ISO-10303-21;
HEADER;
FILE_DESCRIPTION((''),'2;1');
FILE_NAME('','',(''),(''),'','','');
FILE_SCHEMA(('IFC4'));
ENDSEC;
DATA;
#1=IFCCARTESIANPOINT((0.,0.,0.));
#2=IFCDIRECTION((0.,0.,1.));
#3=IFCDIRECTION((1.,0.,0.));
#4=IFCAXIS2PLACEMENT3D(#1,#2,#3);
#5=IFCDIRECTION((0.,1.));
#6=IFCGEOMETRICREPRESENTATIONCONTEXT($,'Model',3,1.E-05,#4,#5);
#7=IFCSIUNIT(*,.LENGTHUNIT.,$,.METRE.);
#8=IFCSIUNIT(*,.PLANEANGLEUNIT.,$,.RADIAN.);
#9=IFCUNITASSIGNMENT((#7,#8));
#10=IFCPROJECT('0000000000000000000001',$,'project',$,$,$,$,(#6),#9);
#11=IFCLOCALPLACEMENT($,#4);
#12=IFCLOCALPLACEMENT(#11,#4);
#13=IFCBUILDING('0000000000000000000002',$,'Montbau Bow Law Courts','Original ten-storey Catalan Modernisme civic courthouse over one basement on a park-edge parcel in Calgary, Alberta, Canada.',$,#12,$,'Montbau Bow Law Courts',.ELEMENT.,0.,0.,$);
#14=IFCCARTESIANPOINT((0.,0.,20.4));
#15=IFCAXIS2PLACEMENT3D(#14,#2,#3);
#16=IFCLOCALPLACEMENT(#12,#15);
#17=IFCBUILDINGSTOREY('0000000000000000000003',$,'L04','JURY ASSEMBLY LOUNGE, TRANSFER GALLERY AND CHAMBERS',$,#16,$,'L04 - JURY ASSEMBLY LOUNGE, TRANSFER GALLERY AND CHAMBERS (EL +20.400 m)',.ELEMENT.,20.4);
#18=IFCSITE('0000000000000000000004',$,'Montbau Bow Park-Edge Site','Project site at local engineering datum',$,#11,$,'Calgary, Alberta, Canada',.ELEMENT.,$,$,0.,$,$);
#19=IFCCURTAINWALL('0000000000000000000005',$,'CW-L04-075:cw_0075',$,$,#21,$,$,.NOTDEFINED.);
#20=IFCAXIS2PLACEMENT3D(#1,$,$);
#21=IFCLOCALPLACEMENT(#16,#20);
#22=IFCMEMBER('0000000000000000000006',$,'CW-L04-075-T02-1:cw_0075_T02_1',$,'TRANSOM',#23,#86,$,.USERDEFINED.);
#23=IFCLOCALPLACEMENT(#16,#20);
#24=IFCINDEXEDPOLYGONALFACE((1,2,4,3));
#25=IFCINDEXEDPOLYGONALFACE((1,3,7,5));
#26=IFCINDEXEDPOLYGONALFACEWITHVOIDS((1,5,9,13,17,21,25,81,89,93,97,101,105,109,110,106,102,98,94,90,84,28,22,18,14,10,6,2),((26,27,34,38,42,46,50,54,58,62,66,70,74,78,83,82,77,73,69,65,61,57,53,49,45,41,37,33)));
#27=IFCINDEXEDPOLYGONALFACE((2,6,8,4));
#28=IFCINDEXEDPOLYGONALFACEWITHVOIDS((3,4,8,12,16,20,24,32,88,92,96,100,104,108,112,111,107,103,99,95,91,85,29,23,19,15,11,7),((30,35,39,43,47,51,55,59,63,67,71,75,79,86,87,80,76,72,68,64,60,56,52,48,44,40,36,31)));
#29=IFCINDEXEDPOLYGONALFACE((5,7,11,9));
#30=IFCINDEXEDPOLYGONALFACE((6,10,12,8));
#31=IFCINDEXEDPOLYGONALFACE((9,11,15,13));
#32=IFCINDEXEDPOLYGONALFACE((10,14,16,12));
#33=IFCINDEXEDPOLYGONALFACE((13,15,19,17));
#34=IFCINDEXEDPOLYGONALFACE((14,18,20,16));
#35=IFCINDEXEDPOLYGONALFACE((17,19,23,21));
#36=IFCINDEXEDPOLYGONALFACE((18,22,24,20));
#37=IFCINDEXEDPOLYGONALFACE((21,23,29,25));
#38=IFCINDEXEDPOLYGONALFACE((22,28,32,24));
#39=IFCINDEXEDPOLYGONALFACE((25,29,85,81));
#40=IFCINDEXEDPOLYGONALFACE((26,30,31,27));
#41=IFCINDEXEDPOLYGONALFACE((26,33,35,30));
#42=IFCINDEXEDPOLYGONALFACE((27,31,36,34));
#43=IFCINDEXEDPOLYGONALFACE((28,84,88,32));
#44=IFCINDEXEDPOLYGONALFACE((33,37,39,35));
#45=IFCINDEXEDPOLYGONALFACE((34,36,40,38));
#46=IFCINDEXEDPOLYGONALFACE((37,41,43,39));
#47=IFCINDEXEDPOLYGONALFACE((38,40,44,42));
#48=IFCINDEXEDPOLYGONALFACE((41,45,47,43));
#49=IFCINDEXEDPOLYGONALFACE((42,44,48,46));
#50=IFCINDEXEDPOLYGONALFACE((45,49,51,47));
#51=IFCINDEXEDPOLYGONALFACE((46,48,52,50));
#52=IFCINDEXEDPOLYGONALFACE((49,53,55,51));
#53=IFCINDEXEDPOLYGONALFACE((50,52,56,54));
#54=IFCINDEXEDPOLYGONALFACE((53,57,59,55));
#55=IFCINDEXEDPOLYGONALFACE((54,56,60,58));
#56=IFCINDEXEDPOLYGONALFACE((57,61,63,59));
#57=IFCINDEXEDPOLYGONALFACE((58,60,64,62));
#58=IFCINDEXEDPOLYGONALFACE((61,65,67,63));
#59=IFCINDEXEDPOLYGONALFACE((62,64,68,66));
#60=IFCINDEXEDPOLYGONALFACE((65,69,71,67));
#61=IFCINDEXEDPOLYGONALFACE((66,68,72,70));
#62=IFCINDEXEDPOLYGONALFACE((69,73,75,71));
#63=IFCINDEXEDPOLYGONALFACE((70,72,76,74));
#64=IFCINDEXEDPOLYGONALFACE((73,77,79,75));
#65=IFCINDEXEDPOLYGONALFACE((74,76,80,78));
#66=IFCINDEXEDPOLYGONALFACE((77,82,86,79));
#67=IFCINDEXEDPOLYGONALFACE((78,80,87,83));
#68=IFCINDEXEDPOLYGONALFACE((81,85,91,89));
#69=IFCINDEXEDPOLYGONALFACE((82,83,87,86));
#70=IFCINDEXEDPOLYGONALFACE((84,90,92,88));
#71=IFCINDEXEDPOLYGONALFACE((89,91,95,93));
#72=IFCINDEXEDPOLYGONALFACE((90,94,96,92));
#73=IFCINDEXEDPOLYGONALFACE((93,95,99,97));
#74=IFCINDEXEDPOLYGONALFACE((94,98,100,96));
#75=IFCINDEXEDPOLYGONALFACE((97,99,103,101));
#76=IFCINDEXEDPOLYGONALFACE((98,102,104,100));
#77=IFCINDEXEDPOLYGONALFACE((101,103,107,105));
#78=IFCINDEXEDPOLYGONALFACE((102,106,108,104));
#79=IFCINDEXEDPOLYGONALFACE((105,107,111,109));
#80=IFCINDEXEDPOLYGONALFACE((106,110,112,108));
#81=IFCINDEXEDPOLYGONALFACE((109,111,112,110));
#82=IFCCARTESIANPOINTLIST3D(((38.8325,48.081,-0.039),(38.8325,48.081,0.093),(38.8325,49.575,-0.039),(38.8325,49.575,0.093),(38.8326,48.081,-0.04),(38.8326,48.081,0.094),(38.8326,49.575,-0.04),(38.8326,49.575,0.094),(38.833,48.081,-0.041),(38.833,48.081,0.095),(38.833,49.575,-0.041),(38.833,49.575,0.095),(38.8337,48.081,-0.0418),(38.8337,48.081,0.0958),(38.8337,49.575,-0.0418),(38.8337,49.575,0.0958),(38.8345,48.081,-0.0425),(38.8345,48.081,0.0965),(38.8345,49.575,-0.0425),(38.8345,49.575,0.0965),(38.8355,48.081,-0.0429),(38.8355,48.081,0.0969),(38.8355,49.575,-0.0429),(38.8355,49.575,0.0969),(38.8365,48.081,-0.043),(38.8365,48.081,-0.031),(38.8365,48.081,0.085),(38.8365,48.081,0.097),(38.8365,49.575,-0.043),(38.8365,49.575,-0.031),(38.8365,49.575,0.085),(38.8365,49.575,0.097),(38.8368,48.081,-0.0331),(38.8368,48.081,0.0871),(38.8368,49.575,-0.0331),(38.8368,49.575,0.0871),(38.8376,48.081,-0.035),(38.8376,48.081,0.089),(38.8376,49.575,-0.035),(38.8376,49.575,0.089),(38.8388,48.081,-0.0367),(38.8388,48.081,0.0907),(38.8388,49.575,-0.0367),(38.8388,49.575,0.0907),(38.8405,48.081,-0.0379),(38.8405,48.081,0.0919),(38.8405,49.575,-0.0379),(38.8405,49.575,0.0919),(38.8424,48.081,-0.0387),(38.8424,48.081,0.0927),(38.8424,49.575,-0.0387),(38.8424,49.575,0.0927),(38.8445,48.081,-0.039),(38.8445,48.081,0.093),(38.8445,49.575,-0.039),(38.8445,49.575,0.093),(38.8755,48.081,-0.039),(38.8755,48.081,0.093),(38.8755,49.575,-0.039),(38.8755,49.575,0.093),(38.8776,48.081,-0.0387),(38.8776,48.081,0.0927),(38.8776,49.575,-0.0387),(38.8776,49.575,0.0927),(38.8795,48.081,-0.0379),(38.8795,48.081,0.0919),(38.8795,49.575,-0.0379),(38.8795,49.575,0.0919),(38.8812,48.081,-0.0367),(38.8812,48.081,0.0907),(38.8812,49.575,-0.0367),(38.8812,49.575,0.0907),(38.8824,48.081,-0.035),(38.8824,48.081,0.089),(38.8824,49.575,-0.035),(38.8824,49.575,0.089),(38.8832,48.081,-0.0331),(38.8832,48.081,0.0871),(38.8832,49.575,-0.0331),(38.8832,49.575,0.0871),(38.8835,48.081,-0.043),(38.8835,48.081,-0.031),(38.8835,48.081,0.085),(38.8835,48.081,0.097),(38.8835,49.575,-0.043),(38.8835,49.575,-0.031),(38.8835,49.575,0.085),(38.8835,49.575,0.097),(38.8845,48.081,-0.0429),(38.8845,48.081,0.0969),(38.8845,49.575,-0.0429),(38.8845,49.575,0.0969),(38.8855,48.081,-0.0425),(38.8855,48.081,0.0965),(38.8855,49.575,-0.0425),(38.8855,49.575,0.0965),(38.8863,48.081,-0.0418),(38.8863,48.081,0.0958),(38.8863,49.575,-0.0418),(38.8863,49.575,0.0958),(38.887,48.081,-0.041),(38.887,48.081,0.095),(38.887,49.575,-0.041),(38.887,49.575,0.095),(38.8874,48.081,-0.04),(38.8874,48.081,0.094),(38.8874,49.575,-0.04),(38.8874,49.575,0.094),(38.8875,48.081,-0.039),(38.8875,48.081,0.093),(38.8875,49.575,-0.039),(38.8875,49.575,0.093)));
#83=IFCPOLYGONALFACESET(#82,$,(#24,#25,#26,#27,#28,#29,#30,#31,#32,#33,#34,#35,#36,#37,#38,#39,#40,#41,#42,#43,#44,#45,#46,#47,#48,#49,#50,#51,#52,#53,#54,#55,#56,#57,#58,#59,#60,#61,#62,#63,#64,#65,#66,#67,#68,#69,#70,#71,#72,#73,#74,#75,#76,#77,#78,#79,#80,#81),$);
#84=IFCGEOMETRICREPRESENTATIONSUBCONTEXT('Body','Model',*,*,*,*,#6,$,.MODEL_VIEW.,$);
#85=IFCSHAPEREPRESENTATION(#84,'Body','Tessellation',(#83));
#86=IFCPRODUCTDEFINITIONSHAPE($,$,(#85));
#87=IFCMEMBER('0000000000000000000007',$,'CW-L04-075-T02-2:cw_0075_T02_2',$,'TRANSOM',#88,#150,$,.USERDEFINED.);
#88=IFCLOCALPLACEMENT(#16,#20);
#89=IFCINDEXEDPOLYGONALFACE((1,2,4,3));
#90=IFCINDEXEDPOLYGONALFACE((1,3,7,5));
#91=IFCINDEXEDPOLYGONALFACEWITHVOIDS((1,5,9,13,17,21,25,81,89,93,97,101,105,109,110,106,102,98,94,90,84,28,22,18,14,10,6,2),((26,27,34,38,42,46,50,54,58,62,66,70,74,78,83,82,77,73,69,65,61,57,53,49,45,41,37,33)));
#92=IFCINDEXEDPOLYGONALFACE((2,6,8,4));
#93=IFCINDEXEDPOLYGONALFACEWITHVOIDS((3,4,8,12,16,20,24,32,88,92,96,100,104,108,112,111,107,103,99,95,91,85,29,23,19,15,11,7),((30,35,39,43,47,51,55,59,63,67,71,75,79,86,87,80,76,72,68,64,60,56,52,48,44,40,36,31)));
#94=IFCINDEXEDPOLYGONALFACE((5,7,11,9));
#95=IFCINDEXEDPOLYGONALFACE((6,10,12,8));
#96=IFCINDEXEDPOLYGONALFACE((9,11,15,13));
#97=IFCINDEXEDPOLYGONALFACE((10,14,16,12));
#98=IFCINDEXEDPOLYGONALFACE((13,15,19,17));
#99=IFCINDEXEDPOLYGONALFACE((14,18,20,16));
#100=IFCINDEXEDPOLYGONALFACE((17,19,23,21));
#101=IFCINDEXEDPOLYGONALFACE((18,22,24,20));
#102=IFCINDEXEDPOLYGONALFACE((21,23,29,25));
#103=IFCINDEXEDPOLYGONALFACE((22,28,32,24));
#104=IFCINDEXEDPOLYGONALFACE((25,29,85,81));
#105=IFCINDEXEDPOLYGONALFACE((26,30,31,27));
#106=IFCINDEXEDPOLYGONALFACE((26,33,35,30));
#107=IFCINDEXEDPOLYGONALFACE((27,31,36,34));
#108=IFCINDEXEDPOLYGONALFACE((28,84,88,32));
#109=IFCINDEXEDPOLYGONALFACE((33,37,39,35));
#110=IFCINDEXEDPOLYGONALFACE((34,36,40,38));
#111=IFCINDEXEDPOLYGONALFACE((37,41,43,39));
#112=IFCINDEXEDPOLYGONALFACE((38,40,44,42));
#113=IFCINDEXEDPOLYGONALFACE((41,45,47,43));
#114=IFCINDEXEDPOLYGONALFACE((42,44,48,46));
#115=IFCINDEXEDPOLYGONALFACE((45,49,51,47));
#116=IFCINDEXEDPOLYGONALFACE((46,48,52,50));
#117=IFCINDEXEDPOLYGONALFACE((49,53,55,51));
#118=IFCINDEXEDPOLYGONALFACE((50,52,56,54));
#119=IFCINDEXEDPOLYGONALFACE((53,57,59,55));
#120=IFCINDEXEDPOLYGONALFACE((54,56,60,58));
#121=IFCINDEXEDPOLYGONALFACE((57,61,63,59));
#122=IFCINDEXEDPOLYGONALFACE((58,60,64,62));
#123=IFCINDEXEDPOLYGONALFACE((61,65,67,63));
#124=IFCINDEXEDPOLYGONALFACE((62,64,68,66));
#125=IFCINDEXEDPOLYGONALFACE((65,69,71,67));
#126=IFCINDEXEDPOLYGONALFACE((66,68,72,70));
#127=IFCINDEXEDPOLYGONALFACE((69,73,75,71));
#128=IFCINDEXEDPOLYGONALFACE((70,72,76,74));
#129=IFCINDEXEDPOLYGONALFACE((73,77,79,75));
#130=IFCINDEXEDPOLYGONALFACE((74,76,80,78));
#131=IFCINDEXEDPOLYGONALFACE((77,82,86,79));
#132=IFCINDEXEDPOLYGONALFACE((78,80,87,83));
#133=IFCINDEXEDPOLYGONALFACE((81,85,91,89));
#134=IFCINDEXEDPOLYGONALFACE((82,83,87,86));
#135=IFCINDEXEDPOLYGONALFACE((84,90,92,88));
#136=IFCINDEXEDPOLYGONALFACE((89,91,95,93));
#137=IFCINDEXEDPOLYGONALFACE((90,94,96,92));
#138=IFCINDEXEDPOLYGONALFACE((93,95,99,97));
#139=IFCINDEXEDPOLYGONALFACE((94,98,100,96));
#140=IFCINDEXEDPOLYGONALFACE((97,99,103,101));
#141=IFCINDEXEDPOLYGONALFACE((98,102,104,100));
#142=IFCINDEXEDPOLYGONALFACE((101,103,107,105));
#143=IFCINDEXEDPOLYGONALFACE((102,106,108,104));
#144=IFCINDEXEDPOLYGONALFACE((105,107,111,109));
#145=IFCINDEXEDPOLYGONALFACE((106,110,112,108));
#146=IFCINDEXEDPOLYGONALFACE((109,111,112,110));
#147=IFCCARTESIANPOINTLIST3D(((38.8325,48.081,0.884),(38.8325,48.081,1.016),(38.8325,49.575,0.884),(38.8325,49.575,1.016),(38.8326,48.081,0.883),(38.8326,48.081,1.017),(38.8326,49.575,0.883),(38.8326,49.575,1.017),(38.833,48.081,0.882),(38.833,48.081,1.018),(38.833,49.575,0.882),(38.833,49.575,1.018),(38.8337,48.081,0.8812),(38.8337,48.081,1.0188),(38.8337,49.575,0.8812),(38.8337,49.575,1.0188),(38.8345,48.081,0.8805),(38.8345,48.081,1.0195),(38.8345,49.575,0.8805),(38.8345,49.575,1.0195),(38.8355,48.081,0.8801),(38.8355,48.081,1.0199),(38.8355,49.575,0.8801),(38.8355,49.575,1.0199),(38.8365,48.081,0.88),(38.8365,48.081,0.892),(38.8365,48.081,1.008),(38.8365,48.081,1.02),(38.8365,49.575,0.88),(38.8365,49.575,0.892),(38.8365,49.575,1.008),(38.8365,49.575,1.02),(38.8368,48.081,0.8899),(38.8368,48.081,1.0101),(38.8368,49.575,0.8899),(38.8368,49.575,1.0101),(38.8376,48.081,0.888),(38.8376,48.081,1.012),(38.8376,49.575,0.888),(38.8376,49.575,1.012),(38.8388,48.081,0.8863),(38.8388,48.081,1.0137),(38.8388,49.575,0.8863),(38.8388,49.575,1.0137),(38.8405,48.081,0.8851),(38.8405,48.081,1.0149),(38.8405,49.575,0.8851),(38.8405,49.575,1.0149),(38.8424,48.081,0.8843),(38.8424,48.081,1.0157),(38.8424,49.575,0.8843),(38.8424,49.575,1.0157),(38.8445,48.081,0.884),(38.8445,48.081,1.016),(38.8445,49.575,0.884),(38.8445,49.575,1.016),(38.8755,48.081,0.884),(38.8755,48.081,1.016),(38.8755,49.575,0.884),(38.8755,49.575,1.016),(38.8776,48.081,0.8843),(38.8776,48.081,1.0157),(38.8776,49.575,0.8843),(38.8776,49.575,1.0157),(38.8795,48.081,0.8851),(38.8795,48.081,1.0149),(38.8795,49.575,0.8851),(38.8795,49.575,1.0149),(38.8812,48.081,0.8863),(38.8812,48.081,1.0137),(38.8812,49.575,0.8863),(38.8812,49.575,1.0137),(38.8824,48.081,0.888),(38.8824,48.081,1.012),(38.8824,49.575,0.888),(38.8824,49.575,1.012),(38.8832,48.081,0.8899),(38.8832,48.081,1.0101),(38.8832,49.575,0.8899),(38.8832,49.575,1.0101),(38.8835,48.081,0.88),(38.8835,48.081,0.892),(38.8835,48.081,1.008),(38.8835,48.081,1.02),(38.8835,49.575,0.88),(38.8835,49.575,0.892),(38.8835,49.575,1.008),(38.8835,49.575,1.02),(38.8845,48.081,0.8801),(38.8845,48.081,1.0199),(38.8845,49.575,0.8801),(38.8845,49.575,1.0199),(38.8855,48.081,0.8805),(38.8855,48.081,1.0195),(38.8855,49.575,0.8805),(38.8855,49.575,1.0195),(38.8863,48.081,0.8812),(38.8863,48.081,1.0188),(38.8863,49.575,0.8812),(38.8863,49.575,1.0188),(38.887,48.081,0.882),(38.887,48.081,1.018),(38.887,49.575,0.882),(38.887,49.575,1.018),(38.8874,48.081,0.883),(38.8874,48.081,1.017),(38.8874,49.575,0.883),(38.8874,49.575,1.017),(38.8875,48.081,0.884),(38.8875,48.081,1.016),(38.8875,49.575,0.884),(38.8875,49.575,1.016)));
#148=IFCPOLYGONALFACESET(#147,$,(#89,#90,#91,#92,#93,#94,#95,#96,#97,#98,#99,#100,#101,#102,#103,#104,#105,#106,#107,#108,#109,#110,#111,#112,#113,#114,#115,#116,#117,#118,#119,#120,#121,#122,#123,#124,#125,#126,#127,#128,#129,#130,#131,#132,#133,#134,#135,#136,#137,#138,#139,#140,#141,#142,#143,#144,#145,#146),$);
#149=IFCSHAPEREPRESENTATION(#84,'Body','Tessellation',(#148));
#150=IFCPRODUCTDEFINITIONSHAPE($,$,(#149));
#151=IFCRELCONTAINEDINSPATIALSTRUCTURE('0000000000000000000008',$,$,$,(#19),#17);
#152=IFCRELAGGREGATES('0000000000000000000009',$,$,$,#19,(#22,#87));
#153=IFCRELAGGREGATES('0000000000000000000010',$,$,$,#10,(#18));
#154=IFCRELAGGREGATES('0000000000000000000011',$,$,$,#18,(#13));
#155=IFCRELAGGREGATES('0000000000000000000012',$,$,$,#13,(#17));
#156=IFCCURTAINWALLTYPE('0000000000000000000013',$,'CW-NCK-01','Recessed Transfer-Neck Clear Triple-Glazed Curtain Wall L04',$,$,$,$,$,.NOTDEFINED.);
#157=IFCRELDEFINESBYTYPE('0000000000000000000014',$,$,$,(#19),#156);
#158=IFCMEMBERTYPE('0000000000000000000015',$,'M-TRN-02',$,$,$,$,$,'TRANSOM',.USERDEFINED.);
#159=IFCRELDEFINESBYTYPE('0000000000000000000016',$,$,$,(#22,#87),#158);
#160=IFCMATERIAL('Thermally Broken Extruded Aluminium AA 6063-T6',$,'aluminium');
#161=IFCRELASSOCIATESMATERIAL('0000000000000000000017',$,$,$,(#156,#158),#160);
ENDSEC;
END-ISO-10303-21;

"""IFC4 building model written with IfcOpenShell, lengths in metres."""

from ifc_helpers import new_model, si_unit, direction, frame, origin_with_axes, origin_2d_with_axis, place, context, subcontext, project, spatial, hollow_rectangle, extrude, material, material_profile, profile_set, type_object, element, aggregate, save


model = new_model("IFC4")

# Units and contexts
model_context = context("Model", 3, precision=1e-05, world=origin_with_axes(), true_north=direction((0.0, 1.0)))
body_context = subcontext(model_context, "Body", "Model", "MODEL_VIEW")
ifc_project = project(units=[si_unit("LENGTHUNIT", "METRE"), si_unit("PLANEANGLEUNIT", "RADIAN")], contexts=[model_context])

# Site, building, storey
site_placement = place(None, origin_with_axes())
site = spatial("IfcSite", under=ifc_project, at=site_placement, Name="Montbau Bow Park-Edge Site", Description="Project site at local engineering datum", LongName="Calgary, Alberta, Canada", CompositionType="ELEMENT", RefElevation=0.0)
building_placement = place(site_placement, origin_with_axes())
building = spatial("IfcBuilding", under=site, at=building_placement, Name="Montbau Bow Law Courts", Description="Original ten-storey Catalan Modernisme civic courthouse over one basement on a park-edge parcel in Calgary, Alberta, Canada.", LongName="Montbau Bow Law Courts", CompositionType="ELEMENT", ElevationOfRefHeight=0.0, ElevationOfTerrain=0.0)
storey_placement = place(building_placement, frame((0.0, 0.0, 20.4), z_axis=(0.0, 0.0, 1.0), x_axis=(1.0, 0.0, 0.0)))
storey = spatial("IfcBuildingStorey", under=building, at=storey_placement, Name="L04", Description="JURY ASSEMBLY LOUNGE, TRANSFER GALLERY AND CHAMBERS", LongName="L04 - JURY ASSEMBLY LOUNGE, TRANSFER GALLERY AND CHAMBERS (EL +20.400 m)", CompositionType="ELEMENT", Elevation=20.4)

# Curtain wall
ifc_material_1 = material(Name="Thermally Broken Extruded Aluminium AA 6063-T6", Category="aluminium")
curtain_wall_type = type_object("IfcCurtainWallType", Name="CW-NCK-01", Description="Recessed Transfer-Neck Clear Triple-Glazed Curtain Wall L04", PredefinedType="NOTDEFINED", material=ifc_material_1)
curtain_wall_1_placement = place(None, frame((38.86, 46.468, 20.4), z_axis=(0.0, 0.0, 1.0), x_axis=(1.0, 0.0, 0.0)))
curtain_wall_1 = element("IfcCurtainWall", 1, at=curtain_wall_1_placement, inside=storey, type_object=curtain_wall_type, Name="CW-L04-075:cw_0075", PredefinedType="NOTDEFINED")

# Members
ifc_material_profile_1 = material_profile(ifc_material_1, hollow_rectangle(XDim=0.055, YDim=0.14, WallThickness=0.004, InnerFilletRadius=0.008, OuterFilletRadius=0.004, at=origin_2d_with_axis()), Name="CWT-140X55", Category="Main", Priority=0)
ifc_profile_set_1 = profile_set([ifc_material_profile_1], Name="Thermally Broken Extruded Aluminium AA 6063-T6")
member_type_1 = type_object("IfcMemberType", Name="M-TRN-02", ElementType="TRANSOM", PredefinedType="USERDEFINED", material=ifc_profile_set_1)
member_1_placement = place(None, frame((38.86, 48.081, 20.427), z_axis=(0.0, 1.0, 0.0), x_axis=(-1.0, 0.0, 0.0)))
member_1 = element("IfcMember", 2, at=member_1_placement, type_object=member_type_1, Name="CW-L04-075-T02-1:cw_0075_T02_1", ObjectType="TRANSOM", PredefinedType="USERDEFINED", context=body_context, shape_type="SweptSolid", body=[
    extrude(hollow_rectangle(XDim=0.055, YDim=0.14, WallThickness=0.004, InnerFilletRadius=0.008, OuterFilletRadius=0.004, at=origin_2d_with_axis()), origin_with_axes(), (0.0, 0.0, 1.0), 1.494),
])
member_2_placement = place(None, frame((38.86, 48.081, 21.35), z_axis=(0.0, 1.0, 0.0), x_axis=(-1.0, 0.0, 0.0)))
member_2 = element("IfcMember", 3, at=member_2_placement, type_object=member_type_1, Name="CW-L04-075-T02-2:cw_0075_T02_2", ObjectType="TRANSOM", PredefinedType="USERDEFINED", context=body_context, shape_type="SweptSolid", body=[
    extrude(hollow_rectangle(XDim=0.055, YDim=0.14, WallThickness=0.004, InnerFilletRadius=0.008, OuterFilletRadius=0.004, at=origin_2d_with_axis()), origin_with_axes(), (0.0, 0.0, 1.0), 1.494),
])

aggregate(curtain_wall_1, [member_1, member_2])

save(model, "model.ifc")
